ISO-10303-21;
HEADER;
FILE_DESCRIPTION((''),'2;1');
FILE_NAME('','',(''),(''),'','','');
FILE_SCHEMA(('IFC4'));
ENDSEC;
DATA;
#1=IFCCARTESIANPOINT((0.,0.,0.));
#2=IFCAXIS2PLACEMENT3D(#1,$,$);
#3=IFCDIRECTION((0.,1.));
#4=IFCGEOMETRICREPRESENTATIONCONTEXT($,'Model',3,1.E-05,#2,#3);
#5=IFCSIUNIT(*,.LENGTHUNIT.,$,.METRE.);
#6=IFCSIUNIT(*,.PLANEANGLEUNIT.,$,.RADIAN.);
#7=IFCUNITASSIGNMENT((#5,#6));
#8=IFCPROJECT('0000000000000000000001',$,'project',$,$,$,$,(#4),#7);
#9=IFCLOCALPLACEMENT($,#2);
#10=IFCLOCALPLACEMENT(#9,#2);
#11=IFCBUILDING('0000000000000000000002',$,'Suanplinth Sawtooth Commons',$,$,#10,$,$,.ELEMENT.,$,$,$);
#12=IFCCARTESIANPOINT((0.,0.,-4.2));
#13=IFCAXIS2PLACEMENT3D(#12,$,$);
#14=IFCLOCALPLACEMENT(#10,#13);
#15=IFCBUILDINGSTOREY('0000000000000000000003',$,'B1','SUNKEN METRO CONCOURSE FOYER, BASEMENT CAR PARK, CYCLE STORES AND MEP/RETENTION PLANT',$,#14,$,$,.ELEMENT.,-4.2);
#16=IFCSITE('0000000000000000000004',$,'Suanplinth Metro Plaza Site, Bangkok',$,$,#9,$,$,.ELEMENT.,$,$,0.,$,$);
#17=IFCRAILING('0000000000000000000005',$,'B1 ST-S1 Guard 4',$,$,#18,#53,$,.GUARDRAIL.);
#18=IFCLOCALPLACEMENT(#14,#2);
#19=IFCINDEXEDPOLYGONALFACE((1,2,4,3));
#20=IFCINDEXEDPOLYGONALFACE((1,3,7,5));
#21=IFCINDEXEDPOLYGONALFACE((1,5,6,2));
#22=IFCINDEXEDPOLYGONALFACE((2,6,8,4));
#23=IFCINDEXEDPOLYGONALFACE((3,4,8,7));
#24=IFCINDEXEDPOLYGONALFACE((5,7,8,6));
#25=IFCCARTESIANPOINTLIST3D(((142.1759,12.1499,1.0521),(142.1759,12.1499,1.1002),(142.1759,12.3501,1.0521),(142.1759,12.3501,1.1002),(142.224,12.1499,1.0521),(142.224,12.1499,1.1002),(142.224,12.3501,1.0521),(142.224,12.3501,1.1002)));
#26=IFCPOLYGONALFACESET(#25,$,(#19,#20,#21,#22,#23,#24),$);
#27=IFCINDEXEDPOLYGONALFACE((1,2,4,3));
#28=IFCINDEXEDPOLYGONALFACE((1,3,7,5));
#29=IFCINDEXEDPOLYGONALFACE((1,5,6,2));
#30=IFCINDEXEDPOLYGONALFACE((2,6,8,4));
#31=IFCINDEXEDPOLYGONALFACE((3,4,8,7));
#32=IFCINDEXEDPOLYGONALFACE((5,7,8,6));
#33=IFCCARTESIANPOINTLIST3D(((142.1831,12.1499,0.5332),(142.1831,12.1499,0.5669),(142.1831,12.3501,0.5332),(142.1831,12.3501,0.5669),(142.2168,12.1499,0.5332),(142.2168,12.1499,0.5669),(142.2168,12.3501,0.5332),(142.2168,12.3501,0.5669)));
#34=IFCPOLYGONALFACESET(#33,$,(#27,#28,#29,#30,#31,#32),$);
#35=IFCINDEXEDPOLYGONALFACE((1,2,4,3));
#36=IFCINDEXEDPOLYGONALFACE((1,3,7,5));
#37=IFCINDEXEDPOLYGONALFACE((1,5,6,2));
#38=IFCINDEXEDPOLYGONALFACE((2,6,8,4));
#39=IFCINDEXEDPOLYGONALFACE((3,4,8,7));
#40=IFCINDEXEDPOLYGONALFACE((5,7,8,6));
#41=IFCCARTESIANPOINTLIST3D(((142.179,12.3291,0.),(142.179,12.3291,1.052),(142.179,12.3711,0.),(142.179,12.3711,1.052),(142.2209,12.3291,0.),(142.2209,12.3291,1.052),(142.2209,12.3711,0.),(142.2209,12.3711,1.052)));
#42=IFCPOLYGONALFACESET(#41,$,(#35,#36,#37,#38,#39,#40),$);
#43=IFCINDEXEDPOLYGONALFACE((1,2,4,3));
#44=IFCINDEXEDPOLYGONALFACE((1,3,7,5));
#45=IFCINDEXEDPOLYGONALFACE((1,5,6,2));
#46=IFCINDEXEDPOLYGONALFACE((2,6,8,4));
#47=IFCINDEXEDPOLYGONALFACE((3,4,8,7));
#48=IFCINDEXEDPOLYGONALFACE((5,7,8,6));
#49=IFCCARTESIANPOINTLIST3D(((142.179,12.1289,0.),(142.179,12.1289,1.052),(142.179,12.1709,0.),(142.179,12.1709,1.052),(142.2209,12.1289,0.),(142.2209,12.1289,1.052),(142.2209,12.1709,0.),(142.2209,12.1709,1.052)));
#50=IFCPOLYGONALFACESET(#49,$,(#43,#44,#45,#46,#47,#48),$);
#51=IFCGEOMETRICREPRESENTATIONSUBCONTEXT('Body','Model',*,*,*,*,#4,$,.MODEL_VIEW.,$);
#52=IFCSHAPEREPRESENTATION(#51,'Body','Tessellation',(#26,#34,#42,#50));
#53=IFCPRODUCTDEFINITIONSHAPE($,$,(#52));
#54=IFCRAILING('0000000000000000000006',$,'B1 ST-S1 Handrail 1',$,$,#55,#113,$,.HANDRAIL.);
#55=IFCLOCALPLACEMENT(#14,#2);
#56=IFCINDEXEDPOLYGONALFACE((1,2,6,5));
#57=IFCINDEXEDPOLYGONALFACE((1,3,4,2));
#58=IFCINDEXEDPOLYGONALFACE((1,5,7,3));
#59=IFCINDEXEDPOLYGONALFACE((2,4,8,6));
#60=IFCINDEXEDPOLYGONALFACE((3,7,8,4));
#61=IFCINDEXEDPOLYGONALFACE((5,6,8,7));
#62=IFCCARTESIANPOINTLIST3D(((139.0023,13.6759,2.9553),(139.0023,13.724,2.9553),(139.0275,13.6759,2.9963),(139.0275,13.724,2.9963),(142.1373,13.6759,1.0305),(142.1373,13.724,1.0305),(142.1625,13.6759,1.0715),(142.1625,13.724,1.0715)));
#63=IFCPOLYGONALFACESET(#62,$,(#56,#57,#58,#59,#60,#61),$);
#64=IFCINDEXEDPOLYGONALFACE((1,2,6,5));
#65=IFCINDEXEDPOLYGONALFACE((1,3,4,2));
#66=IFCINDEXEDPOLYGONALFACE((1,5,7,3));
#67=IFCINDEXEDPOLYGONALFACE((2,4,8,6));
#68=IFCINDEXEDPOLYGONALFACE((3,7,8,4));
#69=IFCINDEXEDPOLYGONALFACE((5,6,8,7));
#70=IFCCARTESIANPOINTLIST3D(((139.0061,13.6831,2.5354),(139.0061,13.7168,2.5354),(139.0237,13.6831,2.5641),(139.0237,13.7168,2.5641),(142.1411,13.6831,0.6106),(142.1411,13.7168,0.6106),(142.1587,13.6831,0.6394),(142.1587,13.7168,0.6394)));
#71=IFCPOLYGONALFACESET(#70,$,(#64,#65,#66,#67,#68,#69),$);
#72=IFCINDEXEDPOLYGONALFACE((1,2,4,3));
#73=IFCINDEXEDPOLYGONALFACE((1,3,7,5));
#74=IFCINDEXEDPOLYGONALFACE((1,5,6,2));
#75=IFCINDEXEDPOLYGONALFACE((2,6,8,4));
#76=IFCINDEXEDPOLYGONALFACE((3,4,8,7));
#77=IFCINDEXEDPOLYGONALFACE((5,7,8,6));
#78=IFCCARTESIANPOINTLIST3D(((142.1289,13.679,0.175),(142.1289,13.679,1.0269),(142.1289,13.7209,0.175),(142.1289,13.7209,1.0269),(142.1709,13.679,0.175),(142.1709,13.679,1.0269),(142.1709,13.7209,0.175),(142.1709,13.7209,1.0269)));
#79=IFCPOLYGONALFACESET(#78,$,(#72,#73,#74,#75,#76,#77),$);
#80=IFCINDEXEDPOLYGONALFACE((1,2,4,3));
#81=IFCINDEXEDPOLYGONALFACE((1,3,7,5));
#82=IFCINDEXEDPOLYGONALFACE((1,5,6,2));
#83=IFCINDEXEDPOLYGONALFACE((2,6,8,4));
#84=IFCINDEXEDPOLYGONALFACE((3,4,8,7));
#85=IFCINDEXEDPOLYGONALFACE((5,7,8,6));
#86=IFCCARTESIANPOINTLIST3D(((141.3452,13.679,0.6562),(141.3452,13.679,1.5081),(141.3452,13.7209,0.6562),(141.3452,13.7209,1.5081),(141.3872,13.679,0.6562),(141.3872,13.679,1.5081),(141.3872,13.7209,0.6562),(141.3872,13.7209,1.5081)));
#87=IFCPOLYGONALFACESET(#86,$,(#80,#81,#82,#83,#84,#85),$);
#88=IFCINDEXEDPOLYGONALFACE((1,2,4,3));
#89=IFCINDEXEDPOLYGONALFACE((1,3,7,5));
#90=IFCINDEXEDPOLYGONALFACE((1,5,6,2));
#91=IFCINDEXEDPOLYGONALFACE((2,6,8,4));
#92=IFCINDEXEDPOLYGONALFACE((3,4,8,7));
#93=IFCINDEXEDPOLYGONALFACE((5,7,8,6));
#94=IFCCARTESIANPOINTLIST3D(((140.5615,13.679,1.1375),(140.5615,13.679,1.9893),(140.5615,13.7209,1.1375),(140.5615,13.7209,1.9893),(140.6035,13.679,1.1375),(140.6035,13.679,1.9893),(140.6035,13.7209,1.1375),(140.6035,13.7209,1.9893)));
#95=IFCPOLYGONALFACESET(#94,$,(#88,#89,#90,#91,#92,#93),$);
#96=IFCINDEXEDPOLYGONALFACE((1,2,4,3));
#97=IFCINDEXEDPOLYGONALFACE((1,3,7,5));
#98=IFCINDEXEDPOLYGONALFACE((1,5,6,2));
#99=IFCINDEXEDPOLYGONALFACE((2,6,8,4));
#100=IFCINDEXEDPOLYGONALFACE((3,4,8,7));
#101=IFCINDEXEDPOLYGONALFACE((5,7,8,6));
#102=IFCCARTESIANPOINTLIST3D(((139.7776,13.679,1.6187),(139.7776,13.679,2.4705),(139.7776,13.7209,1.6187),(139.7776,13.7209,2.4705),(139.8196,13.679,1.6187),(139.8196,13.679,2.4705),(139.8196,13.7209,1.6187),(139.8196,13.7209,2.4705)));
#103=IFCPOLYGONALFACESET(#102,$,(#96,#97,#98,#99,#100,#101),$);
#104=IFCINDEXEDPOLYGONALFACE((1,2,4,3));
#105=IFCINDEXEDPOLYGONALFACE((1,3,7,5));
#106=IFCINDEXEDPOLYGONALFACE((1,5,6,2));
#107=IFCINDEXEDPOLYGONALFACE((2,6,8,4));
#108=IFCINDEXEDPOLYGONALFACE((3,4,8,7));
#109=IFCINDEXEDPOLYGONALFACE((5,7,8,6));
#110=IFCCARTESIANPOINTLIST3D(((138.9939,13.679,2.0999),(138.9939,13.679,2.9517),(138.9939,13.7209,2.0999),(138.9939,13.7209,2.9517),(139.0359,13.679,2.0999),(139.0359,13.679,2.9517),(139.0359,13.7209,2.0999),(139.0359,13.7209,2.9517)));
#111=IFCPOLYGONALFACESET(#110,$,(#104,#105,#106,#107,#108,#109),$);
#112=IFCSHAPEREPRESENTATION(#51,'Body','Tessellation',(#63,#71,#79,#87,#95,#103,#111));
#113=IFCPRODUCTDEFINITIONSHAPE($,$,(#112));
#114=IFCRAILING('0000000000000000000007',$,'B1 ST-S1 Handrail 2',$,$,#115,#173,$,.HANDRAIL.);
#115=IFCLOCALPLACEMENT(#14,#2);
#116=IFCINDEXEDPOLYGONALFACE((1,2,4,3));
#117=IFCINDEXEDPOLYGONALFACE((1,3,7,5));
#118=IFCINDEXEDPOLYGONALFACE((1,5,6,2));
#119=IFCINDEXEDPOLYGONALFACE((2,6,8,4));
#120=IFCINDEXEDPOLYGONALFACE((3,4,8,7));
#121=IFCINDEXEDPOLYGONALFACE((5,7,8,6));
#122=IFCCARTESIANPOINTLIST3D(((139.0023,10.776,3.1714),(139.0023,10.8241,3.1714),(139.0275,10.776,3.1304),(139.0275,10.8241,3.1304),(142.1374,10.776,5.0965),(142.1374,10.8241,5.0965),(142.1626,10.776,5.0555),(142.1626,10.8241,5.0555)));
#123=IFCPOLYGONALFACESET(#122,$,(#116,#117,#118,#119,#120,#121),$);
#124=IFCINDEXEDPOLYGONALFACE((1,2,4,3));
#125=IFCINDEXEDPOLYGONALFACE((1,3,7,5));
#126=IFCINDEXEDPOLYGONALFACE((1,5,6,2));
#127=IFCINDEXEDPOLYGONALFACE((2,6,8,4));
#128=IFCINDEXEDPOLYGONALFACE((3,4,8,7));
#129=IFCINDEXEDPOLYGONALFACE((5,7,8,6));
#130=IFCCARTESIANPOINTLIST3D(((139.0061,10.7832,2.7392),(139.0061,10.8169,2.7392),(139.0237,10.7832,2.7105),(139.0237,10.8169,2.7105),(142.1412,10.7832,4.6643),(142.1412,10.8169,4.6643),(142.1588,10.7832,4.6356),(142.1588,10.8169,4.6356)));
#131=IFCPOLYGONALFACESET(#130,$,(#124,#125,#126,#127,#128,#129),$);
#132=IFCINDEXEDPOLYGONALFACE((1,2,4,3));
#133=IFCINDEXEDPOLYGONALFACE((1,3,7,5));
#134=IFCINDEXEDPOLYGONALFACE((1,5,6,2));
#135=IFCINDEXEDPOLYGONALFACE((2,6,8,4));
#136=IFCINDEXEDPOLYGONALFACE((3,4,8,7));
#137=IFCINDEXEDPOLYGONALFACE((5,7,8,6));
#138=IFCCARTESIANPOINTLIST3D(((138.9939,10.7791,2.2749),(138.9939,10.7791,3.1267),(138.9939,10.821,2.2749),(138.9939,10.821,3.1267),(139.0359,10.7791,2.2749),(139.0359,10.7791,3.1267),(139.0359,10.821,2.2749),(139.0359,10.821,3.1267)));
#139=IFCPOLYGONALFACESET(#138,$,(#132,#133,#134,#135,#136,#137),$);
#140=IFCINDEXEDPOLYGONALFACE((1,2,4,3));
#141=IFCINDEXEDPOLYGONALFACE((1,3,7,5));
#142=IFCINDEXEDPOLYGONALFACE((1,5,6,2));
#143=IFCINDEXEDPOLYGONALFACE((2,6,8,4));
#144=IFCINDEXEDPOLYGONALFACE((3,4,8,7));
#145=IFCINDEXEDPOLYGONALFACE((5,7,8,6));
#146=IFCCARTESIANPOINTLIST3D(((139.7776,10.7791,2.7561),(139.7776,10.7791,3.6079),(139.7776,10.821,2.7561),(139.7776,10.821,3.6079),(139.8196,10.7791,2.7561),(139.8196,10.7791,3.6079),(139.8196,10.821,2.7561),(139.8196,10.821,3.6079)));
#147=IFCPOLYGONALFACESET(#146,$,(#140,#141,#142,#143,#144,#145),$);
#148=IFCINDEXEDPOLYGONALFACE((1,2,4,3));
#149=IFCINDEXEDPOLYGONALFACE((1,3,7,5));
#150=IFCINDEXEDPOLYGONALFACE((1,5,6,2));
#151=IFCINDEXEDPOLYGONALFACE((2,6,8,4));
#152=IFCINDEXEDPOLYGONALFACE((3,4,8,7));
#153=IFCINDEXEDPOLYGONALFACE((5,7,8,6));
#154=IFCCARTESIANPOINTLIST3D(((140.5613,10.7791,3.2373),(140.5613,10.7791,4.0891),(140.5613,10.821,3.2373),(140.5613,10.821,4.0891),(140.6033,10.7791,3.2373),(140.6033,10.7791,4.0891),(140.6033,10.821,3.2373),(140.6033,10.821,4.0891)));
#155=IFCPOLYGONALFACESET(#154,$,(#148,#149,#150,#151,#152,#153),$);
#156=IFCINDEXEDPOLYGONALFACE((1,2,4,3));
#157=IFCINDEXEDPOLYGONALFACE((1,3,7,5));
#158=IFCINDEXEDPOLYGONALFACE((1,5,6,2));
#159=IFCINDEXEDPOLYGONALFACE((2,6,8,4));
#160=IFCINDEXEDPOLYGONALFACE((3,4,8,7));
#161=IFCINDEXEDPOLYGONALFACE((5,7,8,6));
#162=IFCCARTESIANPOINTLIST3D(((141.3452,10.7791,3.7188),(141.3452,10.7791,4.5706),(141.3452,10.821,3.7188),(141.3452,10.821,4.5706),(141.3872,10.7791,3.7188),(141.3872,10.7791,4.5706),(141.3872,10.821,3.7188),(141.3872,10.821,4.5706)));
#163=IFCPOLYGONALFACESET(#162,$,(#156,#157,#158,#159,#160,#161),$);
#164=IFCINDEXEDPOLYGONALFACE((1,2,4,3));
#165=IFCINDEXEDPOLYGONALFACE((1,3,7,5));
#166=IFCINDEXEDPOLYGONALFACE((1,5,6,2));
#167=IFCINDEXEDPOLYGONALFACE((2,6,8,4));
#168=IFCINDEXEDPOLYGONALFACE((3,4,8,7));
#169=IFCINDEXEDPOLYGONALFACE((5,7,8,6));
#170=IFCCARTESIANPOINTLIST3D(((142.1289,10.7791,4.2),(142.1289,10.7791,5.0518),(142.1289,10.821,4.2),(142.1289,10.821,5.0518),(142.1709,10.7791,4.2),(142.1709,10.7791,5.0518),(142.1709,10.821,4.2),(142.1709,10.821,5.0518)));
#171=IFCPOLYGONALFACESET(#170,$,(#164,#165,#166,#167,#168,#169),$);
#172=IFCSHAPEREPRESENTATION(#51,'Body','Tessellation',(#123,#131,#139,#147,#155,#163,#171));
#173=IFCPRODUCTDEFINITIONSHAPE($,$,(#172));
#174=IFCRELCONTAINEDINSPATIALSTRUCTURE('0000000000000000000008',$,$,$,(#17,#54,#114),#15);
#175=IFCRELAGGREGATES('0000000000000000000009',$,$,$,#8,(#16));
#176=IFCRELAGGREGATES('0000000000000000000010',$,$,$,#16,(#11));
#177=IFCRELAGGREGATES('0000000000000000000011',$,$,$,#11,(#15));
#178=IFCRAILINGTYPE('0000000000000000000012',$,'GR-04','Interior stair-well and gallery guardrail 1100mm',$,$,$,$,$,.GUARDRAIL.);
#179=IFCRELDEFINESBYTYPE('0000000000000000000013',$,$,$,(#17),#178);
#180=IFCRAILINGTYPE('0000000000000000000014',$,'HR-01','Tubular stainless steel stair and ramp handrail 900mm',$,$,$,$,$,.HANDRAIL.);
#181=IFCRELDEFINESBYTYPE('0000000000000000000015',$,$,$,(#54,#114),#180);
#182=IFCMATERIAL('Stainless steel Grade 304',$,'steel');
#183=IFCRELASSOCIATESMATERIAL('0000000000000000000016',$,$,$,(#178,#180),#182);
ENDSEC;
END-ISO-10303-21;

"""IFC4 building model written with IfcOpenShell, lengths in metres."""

from ifc_helpers import new_model, si_unit, direction, frame, origin, origin_2d, place, context, subcontext, project, spatial, rectangle, extrude, material, type_object, element, save


model = new_model("IFC4")

# Units and contexts
model_context = context("Model", 3, precision=1e-05, world=origin(), true_north=direction((0.0, 1.0)))
body_context = subcontext(model_context, "Body", "Model", "MODEL_VIEW")
ifc_project = project(units=[si_unit("LENGTHUNIT", "METRE"), si_unit("PLANEANGLEUNIT", "RADIAN")], contexts=[model_context])

# Site, building, storey
site_placement = place(None, origin())
site = spatial("IfcSite", under=ifc_project, at=site_placement, Name="Suanplinth Metro Plaza Site, Bangkok", CompositionType="ELEMENT", RefElevation=0.0)
building_placement = place(site_placement, origin())
building = spatial("IfcBuilding", under=site, at=building_placement, Name="Suanplinth Sawtooth Commons", CompositionType="ELEMENT")
storey_placement = place(building_placement, frame((0.0, 0.0, -4.2)))
storey = spatial("IfcBuildingStorey", under=building, at=storey_placement, Name="B1", Description="SUNKEN METRO CONCOURSE FOYER, BASEMENT CAR PARK, CYCLE STORES AND MEP/RETENTION PLANT", CompositionType="ELEMENT", Elevation=-4.2)

# Shared definitions
ifc_material_1 = material(Name="Stainless steel Grade 304", Category="steel")

# Railings
railing_type_1 = type_object("IfcRailingType", Name="GR-04", Description="Interior stair-well and gallery guardrail 1100mm", PredefinedType="GUARDRAIL", material=ifc_material_1)
railing_1_placement = place(storey_placement, frame((142.2, 12.3501, 0.0)))
element("IfcRailing", 1, at=railing_1_placement, inside=storey, type_object=railing_type_1, Name="B1 ST-S1 Guard 4", PredefinedType="GUARDRAIL", context=body_context, shape_type="SweptSolid", body=[
    extrude(rectangle(XDim=0.0481, YDim=0.0481, at=origin_2d()), frame((0.0, 0.0, 1.0762), z_axis=(0.0, -1.0, 0.0), x_axis=(1.0, 0.0, 0.0)), (0.0, 0.0, 1.0), 0.2002),
    extrude(rectangle(XDim=0.0337, YDim=0.0337, at=origin_2d()), frame((0.0, 0.0, 0.55), z_axis=(0.0, -1.0, 0.0), x_axis=(1.0, 0.0, 0.0)), (0.0, 0.0, 1.0), 0.2002),
    extrude(rectangle(XDim=0.042, YDim=0.042, at=origin_2d()), origin(), (0.0, 0.0, 1.0), 1.052),
    extrude(rectangle(XDim=0.042, YDim=0.042, at=origin_2d()), frame((0.0, -0.2002, 0.0)), (0.0, 0.0, 1.0), 1.052),
])
railing_type_2 = type_object("IfcRailingType", Name="HR-01", Description="Tubular stainless steel stair and ramp handrail 900mm", PredefinedType="HANDRAIL", material=ifc_material_1)
railing_2_placement = place(storey_placement, frame((142.1499, 13.7, 0.175)))
element("IfcRailing", 2, at=railing_2_placement, inside=storey, type_object=railing_type_2, Name="B1 ST-S1 Handrail 1", PredefinedType="HANDRAIL", context=body_context, shape_type="SweptSolid", body=[
    extrude(rectangle(XDim=0.0481, YDim=0.0481, at=origin_2d()), frame((0.0, 0.0, 0.876), z_axis=(-0.852196, 0.0, 0.523223), x_axis=(0.0, -1.0, 0.0)), (0.0, 0.0, 1.0), 3.6787),
    extrude(rectangle(XDim=0.0337, YDim=0.0337, at=origin_2d()), frame((0.0, 0.0, 0.45), z_axis=(-0.852196, 0.0, 0.523223), x_axis=(0.0, -1.0, 0.0)), (0.0, 0.0, 1.0), 3.6787),
    extrude(rectangle(XDim=0.042, YDim=0.042, at=origin_2d()), origin(), (0.0, 0.0, 1.0), 0.8518),
    extrude(rectangle(XDim=0.042, YDim=0.042, at=origin_2d()), frame((-0.7837, 0.0, 0.4812)), (0.0, 0.0, 1.0), 0.8518),
    extrude(rectangle(XDim=0.042, YDim=0.042, at=origin_2d()), frame((-1.5674, 0.0, 0.9624)), (0.0, 0.0, 1.0), 0.8518),
    extrude(rectangle(XDim=0.042, YDim=0.042, at=origin_2d()), frame((-2.3513, 0.0, 1.4436)), (0.0, 0.0, 1.0), 0.8518),
    extrude(rectangle(XDim=0.042, YDim=0.042, at=origin_2d()), frame((-3.135, 0.0, 1.9248)), (0.0, 0.0, 1.0), 0.8518),
])
railing_3_placement = place(storey_placement, frame((139.0149, 10.8, 2.2749)))
element("IfcRailing", 3, at=railing_3_placement, inside=storey, type_object=railing_type_2, Name="B1 ST-S1 Handrail 2", PredefinedType="HANDRAIL", context=body_context, shape_type="SweptSolid", body=[
    extrude(rectangle(XDim=0.0481, YDim=0.0481, at=origin_2d()), frame((0.0, 0.0, 0.876), z_axis=(0.852166, 0.0, 0.523271), x_axis=(0.0, 1.0, 0.0)), (0.0, 0.0, 1.0), 3.679),
    extrude(rectangle(XDim=0.0337, YDim=0.0337, at=origin_2d()), frame((0.0, 0.0, 0.45), z_axis=(0.852166, 0.0, 0.523271), x_axis=(0.0, 1.0, 0.0)), (0.0, 0.0, 1.0), 3.679),
    extrude(rectangle(XDim=0.042, YDim=0.042, at=origin_2d()), origin(), (0.0, 0.0, 1.0), 0.8518),
    extrude(rectangle(XDim=0.042, YDim=0.042, at=origin_2d()), frame((0.7837, 0.0, 0.4812)), (0.0, 0.0, 1.0), 0.8518),
    extrude(rectangle(XDim=0.042, YDim=0.042, at=origin_2d()), frame((1.5674, 0.0, 0.9624)), (0.0, 0.0, 1.0), 0.8518),
    extrude(rectangle(XDim=0.042, YDim=0.042, at=origin_2d()), frame((2.3513, 0.0, 1.4438)), (0.0, 0.0, 1.0), 0.8518),
    extrude(rectangle(XDim=0.042, YDim=0.042, at=origin_2d()), frame((3.135, 0.0, 1.925)), (0.0, 0.0, 1.0), 0.8518),
])

save(model, "model.ifc")
